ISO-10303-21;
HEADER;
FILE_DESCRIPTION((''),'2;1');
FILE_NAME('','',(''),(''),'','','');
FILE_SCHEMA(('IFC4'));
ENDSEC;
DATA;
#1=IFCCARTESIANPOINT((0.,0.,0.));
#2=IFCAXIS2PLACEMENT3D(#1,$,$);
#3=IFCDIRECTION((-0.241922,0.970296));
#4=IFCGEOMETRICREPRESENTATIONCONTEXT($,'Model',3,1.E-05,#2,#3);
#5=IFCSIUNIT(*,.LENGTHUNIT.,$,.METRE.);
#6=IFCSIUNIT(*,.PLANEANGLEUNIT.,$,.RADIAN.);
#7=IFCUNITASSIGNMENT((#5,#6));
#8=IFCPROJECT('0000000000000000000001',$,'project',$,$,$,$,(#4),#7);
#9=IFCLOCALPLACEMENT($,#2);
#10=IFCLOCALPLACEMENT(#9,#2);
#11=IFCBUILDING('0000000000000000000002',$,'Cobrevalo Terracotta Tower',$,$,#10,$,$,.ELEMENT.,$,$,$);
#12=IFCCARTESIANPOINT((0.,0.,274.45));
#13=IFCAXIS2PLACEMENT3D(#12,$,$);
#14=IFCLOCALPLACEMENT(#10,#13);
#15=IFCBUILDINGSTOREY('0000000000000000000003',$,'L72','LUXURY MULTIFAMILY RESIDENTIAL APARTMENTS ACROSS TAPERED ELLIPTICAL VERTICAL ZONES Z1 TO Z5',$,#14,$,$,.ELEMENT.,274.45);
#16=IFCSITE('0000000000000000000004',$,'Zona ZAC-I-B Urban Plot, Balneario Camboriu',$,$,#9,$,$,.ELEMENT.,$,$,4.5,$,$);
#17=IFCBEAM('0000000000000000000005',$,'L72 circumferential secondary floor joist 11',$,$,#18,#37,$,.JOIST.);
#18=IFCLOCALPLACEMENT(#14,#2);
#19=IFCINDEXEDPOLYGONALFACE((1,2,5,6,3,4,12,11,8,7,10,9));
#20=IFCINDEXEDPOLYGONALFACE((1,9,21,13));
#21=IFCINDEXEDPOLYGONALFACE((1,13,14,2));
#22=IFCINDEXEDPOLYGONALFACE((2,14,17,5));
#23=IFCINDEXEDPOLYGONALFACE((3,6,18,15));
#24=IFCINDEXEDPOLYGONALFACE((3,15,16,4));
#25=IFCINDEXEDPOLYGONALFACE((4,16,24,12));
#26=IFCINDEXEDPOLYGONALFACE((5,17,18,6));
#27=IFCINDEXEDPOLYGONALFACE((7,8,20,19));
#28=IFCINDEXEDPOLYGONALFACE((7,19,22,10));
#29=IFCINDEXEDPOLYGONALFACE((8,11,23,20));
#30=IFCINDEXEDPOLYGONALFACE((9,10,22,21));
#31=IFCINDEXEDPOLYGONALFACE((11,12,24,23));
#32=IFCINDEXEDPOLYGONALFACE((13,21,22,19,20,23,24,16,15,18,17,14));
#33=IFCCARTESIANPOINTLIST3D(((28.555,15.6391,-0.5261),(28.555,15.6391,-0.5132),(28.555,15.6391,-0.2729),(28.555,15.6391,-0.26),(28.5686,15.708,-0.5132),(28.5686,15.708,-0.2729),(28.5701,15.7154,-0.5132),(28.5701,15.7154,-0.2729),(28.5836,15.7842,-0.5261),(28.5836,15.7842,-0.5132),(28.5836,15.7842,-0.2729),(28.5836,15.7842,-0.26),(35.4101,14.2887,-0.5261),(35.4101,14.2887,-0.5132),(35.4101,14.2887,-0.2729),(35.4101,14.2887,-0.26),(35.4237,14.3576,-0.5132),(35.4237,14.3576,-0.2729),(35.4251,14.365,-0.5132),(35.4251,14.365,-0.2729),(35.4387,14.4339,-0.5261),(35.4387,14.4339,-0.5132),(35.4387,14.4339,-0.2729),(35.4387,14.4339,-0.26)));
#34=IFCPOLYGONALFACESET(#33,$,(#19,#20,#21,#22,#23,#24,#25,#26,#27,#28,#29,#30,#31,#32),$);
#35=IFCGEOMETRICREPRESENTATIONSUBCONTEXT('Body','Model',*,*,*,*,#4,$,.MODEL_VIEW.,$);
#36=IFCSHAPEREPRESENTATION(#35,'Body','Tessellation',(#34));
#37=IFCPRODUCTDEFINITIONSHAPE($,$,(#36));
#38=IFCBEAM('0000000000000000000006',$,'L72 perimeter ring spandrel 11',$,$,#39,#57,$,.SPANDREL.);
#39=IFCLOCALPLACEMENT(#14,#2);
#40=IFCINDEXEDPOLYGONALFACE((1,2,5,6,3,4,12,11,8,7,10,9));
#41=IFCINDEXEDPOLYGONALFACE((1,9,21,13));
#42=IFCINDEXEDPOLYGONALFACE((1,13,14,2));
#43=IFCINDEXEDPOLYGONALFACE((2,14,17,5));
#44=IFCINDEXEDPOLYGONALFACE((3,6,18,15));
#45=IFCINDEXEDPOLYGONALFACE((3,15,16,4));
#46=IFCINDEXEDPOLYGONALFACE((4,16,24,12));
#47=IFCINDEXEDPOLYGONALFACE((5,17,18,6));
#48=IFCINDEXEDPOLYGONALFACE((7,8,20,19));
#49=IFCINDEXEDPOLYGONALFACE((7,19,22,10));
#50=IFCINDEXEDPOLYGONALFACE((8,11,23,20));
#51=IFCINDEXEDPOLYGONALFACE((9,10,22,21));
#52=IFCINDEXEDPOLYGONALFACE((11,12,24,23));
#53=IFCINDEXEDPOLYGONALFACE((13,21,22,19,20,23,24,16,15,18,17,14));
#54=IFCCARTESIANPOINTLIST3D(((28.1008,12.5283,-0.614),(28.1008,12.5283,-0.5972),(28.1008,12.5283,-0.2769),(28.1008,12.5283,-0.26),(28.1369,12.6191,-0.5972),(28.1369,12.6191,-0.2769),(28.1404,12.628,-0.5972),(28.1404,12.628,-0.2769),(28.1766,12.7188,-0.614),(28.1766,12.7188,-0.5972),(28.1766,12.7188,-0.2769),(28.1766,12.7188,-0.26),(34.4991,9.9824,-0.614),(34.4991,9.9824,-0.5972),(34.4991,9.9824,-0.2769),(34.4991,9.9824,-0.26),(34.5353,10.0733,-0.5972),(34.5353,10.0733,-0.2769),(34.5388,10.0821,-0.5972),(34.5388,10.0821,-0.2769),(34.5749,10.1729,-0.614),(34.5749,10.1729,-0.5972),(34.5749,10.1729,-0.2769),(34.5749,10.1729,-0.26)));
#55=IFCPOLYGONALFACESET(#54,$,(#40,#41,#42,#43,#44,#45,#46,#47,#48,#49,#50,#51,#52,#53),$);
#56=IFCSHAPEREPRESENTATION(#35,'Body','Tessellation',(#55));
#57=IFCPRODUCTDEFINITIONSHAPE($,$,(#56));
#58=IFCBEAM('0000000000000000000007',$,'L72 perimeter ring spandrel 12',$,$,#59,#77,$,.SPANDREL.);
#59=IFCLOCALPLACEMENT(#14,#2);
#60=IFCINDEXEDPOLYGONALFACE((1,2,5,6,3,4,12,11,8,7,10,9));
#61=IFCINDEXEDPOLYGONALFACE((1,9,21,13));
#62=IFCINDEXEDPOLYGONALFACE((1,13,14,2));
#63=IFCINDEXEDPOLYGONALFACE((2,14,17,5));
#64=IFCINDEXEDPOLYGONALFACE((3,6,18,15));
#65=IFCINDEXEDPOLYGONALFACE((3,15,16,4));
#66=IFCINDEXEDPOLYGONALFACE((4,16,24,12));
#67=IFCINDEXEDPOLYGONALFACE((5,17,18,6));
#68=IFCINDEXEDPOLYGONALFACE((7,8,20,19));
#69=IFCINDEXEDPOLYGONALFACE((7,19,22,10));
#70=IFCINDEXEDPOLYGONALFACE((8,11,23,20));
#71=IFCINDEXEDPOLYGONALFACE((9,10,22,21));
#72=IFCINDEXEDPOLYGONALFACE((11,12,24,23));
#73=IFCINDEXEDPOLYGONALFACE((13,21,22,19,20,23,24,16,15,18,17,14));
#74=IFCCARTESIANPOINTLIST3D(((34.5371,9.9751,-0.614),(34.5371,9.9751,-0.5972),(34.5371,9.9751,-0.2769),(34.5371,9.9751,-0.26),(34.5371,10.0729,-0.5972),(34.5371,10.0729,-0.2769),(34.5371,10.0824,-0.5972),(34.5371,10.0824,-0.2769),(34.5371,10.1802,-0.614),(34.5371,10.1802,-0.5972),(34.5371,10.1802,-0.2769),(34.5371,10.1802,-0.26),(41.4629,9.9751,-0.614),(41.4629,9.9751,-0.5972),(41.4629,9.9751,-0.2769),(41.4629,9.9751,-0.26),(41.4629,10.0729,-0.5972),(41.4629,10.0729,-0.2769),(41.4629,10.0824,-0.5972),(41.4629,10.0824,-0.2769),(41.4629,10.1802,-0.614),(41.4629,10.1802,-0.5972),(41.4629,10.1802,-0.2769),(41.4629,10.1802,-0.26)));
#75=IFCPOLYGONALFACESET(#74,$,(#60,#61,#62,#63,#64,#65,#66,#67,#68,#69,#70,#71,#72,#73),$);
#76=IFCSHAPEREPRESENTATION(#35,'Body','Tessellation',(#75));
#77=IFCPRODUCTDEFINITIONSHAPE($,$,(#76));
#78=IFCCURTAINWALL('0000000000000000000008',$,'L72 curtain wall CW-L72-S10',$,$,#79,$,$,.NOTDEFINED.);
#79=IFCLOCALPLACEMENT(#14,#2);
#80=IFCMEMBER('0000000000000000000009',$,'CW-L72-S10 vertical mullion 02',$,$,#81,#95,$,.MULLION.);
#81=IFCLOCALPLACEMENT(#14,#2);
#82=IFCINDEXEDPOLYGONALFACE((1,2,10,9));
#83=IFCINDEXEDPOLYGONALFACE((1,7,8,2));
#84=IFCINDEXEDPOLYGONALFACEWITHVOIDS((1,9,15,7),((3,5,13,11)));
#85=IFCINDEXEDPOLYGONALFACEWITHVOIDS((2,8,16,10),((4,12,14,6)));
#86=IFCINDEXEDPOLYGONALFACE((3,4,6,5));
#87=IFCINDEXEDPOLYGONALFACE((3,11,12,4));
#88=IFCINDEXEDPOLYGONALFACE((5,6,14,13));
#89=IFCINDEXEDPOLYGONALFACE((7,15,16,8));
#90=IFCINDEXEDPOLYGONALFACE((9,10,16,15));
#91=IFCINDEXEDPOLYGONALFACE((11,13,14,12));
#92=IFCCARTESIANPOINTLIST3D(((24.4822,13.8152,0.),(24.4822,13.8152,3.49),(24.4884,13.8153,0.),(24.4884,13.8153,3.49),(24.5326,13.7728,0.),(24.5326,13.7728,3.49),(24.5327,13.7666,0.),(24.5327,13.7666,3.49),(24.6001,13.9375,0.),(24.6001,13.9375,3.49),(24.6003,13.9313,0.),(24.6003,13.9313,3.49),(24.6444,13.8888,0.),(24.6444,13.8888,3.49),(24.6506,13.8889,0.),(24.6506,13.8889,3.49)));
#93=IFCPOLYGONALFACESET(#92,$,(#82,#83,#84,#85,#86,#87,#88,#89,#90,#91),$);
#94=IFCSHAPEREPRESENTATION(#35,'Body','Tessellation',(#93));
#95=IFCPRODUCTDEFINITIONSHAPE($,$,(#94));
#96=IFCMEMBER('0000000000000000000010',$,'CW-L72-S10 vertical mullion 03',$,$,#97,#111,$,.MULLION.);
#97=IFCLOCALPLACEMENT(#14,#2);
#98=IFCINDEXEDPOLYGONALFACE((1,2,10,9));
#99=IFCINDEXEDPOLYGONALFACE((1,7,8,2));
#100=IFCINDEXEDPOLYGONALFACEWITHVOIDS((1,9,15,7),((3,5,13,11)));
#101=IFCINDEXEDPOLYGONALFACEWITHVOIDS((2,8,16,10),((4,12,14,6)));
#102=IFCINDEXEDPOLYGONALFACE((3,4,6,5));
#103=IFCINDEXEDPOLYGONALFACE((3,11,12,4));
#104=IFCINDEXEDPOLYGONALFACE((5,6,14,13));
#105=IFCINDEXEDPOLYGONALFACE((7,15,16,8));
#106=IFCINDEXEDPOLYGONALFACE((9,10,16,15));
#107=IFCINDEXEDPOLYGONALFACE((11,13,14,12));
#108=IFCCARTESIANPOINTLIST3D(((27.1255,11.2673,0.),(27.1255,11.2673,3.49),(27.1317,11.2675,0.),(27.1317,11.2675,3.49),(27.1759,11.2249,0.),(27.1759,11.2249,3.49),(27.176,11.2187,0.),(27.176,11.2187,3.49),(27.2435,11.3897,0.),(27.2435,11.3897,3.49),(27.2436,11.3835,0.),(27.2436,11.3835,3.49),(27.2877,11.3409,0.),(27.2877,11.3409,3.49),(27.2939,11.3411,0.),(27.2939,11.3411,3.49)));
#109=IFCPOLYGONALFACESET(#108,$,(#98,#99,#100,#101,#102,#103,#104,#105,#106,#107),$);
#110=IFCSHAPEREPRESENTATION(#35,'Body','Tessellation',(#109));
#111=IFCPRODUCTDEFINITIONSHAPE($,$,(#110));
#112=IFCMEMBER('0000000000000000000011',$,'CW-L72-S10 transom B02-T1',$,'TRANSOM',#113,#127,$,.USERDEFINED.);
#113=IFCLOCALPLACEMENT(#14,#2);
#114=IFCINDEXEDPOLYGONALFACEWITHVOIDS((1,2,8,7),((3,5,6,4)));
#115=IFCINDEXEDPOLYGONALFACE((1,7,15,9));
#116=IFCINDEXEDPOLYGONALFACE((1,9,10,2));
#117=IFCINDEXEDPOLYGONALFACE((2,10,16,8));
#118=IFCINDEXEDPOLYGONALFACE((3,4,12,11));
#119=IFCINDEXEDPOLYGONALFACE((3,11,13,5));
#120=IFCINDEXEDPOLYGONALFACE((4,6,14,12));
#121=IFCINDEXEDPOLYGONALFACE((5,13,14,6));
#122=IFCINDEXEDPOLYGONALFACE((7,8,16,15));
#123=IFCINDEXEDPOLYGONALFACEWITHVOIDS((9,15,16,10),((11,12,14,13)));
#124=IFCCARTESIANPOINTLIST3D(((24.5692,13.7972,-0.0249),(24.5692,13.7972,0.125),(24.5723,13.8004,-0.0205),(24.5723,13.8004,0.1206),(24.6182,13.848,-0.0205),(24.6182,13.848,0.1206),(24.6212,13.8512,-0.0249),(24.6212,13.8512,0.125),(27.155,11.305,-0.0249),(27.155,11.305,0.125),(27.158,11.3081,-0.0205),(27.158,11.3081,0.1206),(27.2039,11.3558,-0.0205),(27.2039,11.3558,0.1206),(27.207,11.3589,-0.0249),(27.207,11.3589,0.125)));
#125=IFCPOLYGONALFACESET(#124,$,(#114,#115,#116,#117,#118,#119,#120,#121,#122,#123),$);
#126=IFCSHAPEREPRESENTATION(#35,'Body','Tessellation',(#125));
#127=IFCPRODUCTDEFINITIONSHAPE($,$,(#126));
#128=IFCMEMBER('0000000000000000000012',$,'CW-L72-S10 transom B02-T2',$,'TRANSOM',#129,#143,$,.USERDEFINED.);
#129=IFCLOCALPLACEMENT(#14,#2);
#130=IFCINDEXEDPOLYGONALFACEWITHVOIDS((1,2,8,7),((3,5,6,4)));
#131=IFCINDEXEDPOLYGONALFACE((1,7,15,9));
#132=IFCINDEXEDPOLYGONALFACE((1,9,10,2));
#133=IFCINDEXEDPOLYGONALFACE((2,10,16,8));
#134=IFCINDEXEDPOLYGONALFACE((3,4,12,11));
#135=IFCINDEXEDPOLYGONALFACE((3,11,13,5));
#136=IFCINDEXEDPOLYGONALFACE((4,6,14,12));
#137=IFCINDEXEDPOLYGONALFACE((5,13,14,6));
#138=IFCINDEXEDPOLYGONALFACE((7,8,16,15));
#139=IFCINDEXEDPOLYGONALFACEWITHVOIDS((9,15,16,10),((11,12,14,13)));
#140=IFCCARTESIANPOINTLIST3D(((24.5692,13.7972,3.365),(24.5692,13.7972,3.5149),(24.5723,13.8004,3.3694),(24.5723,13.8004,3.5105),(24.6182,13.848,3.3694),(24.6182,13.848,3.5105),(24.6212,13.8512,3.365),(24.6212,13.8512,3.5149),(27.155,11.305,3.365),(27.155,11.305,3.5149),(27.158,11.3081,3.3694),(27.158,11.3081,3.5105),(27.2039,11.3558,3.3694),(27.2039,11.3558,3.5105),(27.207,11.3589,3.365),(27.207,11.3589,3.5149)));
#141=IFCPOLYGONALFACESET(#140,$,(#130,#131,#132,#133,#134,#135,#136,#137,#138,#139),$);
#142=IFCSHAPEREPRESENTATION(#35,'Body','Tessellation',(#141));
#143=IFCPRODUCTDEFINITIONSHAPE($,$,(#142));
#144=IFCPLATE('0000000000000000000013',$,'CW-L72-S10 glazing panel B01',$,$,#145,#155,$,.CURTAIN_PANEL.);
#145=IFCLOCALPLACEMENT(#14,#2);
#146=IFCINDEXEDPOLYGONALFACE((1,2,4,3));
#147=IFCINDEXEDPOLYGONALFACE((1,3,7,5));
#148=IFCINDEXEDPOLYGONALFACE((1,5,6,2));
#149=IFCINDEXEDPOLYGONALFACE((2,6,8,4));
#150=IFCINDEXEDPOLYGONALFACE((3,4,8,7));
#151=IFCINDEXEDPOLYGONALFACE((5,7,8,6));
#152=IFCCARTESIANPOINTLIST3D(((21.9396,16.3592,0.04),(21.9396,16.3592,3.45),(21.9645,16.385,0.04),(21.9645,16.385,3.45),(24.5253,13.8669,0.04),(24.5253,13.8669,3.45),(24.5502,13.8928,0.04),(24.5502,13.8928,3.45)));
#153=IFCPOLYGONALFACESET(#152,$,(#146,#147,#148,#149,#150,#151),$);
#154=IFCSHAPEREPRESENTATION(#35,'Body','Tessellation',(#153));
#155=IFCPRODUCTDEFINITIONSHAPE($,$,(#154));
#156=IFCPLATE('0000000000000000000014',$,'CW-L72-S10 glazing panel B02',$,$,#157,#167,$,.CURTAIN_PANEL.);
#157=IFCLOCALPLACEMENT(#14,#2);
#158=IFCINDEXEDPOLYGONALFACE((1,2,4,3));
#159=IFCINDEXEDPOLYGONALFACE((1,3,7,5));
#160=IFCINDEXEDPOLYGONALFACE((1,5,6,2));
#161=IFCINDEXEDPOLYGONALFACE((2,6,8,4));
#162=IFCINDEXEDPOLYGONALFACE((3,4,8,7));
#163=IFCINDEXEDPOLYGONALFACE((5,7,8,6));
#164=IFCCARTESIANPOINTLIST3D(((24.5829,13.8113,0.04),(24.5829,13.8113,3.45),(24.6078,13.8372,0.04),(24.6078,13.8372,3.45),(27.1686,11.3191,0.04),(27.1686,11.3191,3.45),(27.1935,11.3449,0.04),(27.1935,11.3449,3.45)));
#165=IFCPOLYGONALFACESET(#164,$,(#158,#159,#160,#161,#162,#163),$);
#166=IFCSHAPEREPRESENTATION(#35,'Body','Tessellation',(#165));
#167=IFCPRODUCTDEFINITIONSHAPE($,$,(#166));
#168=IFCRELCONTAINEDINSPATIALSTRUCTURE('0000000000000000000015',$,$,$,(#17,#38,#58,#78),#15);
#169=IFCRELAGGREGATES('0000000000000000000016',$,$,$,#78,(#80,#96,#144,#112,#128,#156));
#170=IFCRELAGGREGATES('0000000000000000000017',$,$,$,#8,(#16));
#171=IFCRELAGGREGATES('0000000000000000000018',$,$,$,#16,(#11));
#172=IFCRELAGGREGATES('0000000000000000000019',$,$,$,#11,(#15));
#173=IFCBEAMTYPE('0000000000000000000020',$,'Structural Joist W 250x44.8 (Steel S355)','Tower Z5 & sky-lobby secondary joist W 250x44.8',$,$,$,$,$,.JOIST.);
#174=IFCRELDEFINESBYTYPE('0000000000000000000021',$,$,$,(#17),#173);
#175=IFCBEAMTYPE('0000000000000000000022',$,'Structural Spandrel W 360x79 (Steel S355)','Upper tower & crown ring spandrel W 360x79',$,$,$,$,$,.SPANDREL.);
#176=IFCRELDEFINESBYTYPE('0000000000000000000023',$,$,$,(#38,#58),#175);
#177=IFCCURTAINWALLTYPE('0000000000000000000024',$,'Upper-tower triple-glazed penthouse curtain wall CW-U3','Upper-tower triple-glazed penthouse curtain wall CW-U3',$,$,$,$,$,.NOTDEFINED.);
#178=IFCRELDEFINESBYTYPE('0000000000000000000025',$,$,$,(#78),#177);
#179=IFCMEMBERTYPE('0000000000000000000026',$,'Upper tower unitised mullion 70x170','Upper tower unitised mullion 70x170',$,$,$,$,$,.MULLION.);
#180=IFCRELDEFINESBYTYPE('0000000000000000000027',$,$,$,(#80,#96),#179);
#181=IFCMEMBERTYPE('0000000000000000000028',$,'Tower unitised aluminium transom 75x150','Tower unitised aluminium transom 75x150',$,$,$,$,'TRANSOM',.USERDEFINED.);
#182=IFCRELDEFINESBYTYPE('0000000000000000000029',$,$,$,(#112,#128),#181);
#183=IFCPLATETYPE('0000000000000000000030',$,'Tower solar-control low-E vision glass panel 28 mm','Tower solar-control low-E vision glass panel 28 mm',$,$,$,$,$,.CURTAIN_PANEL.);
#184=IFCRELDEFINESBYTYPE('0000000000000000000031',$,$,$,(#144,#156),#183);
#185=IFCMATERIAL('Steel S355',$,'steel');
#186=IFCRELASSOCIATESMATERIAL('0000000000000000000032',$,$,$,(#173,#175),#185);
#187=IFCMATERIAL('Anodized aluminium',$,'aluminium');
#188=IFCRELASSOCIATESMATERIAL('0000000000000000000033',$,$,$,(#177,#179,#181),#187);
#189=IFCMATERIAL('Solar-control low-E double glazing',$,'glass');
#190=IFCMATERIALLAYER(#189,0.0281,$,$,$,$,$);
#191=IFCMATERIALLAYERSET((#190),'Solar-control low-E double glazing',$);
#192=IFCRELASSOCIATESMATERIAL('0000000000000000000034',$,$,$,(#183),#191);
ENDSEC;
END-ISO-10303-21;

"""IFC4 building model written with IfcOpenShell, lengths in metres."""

from ifc_helpers import new_model, si_unit, direction, frame, origin, origin_2d, place, context, subcontext, project, spatial, rectangle, hollow_rectangle, i_section, extrude, source, transform, mapped, material, layer, layer_set, material_profile, profile_set, type_object, element, aggregate, save


model = new_model("IFC4")

# Units and contexts
model_context = context("Model", 3, precision=1e-05, world=origin(), true_north=direction((-0.241922, 0.970296)))
body_context = subcontext(model_context, "Body", "Model", "MODEL_VIEW")
ifc_project = project(units=[si_unit("LENGTHUNIT", "METRE"), si_unit("PLANEANGLEUNIT", "RADIAN")], contexts=[model_context])

# Site, building, storey
site_placement = place(None, origin())
site = spatial("IfcSite", under=ifc_project, at=site_placement, Name="Zona ZAC-I-B Urban Plot, Balneario Camboriu", CompositionType="ELEMENT", RefElevation=4.5)
building_placement = place(site_placement, origin())
building = spatial("IfcBuilding", under=site, at=building_placement, Name="Cobrevalo Terracotta Tower", CompositionType="ELEMENT")
storey_placement = place(building_placement, frame((0.0, 0.0, 274.45)))
storey = spatial("IfcBuildingStorey", under=building, at=storey_placement, Name="L72", Description="LUXURY MULTIFAMILY RESIDENTIAL APARTMENTS ACROSS TAPERED ELLIPTICAL VERTICAL ZONES Z1 TO Z5", CompositionType="ELEMENT", Elevation=274.45)

# Shared definitions
ifc_material_1 = material(Name="Steel S355", Category="steel")

# Beams
ifc_material_profile_1 = material_profile(ifc_material_1, i_section(OverallWidth=0.1479, OverallDepth=0.2661, WebThickness=0.0076, FlangeThickness=0.0129, at=origin_2d()), Name="W 250x44.8")
ifc_profile_set_1 = profile_set([ifc_material_profile_1], Name="Steel S355")
beam_type_1 = type_object("IfcBeamType", Name="Structural Joist W 250x44.8 (Steel S355)", Description="Tower Z5 & sky-lobby secondary joist W 250x44.8", PredefinedType="JOIST", material=ifc_profile_set_1)
beam_1_placement = place(storey_placement, frame((28.5693, 15.7117, -0.3931), z_axis=(0.981145, -0.193273, 0.0), x_axis=(0.193273, 0.981145, 0.0)))
element("IfcBeam", 1, at=beam_1_placement, inside=storey, type_object=beam_type_1, Name="L72 circumferential secondary floor joist 11", PredefinedType="JOIST", context=body_context, shape_type="SweptSolid", body=[
    extrude(i_section(OverallWidth=0.1479, OverallDepth=0.2661, WebThickness=0.0076, FlangeThickness=0.0129, at=origin_2d()), origin(), (0.0, 0.0, 1.0), 6.9868),
])
ifc_material_profile_2 = material_profile(ifc_material_1, i_section(OverallWidth=0.2051, OverallDepth=0.354, WebThickness=0.0095, FlangeThickness=0.0168, at=origin_2d()), Name="W 360x79")
ifc_profile_set_2 = profile_set([ifc_material_profile_2], Name="Steel S355")
beam_type_2 = type_object("IfcBeamType", Name="Structural Spandrel W 360x79 (Steel S355)", Description="Upper tower & crown ring spandrel W 360x79", PredefinedType="SPANDREL", material=ifc_profile_set_2)
beam_2_placement = place(storey_placement, frame((28.1387, 12.6235, -0.437), z_axis=(0.92915, -0.369703, 0.0), x_axis=(0.369703, 0.92915, 0.0)))
element("IfcBeam", 2, at=beam_2_placement, inside=storey, type_object=beam_type_2, Name="L72 perimeter ring spandrel 11", PredefinedType="SPANDREL", context=body_context, shape_type="SweptSolid", body=[
    extrude(i_section(OverallWidth=0.2051, OverallDepth=0.354, WebThickness=0.0095, FlangeThickness=0.0168, at=origin_2d()), origin(), (0.0, 0.0, 1.0), 6.8862),
])
beam_3_placement = place(storey_placement, frame((34.5371, 10.0776, -0.437), z_axis=(1.0, 0.0, 0.0), x_axis=(0.0, 1.0, 0.0)))
element("IfcBeam", 3, at=beam_3_placement, inside=storey, type_object=beam_type_2, Name="L72 perimeter ring spandrel 12", PredefinedType="SPANDREL", context=body_context, shape_type="SweptSolid", body=[
    extrude(i_section(OverallWidth=0.2051, OverallDepth=0.354, WebThickness=0.0095, FlangeThickness=0.0168, at=origin_2d()), origin(), (0.0, 0.0, 1.0), 6.9258),
])

# Curtain wall, members, plates
ifc_material_2 = material(Name="Anodized aluminium", Category="aluminium")
curtain_wall_type = type_object("IfcCurtainWallType", Name="Upper-tower triple-glazed penthouse curtain wall CW-U3", Description="Upper-tower triple-glazed penthouse curtain wall CW-U3", PredefinedType="NOTDEFINED", material=ifc_material_2)
curtain_wall_placement = place(storey_placement, origin())
curtain_wall = element("IfcCurtainWall", 4, at=curtain_wall_placement, inside=storey, type_object=curtain_wall_type, Name="L72 curtain wall CW-L72-S10", PredefinedType="NOTDEFINED")
ifc_material_profile_3 = material_profile(ifc_material_2, hollow_rectangle(XDim=0.0701, YDim=0.1699, WallThickness=0.0044, at=origin_2d()), Name="CWM 70x170")
ifc_profile_set_3 = profile_set([ifc_material_profile_3], Name="Anodized aluminium")
member_type_1 = type_object("IfcMemberType", Name="Upper tower unitised mullion 70x170", Description="Upper tower unitised mullion 70x170", PredefinedType="MULLION", material=ifc_profile_set_3)
shared_shape_1 = source(origin(), body_context, "Body", "SweptSolid", [
    extrude(hollow_rectangle(XDim=0.0701, YDim=0.1699, WallThickness=0.0044, at=origin_2d()), origin(), (0.0, 0.0, 1.0), 3.49),
])
member_1_placement = place(storey_placement, frame((24.5664, 13.8521, 0.0), z_axis=(0.0, 0.0, 1.0), x_axis=(0.719994, -0.69398, 0.0)))
member_1 = element("IfcMember", 5, at=member_1_placement, type_object=member_type_1, Name="CW-L72-S10 vertical mullion 02", PredefinedType="MULLION", context=body_context, shape_type="MappedRepresentation", body=[
    mapped(shared_shape_1, transform((0.0, 0.0, 0.0), scale=1.0)),
])
member_2_placement = place(storey_placement, frame((27.2097, 11.3042, 0.0), z_axis=(0.0, 0.0, 1.0), x_axis=(0.719994, -0.69398, 0.0)))
member_2 = element("IfcMember", 6, at=member_2_placement, type_object=member_type_1, Name="CW-L72-S10 vertical mullion 03", PredefinedType="MULLION", context=body_context, shape_type="MappedRepresentation", body=[
    mapped(shared_shape_1, transform((0.0, 0.0, 0.0), scale=1.0)),
])
ifc_material_profile_4 = material_profile(ifc_material_2, hollow_rectangle(XDim=0.075, YDim=0.1499, WallThickness=0.0044, at=origin_2d()), Name="CWT 75x150")
ifc_profile_set_4 = profile_set([ifc_material_profile_4], Name="Anodized aluminium")
member_type_2 = type_object("IfcMemberType", Name="Tower unitised aluminium transom 75x150", Description="Tower unitised aluminium transom 75x150", ElementType="TRANSOM", PredefinedType="USERDEFINED", material=ifc_profile_set_4)
shared_shape_2 = source(origin(), body_context, "Body", "SweptSolid", [
    extrude(hollow_rectangle(XDim=0.075, YDim=0.1499, WallThickness=0.0044, at=origin_2d()), origin(), (0.0, 0.0, 1.0), 3.5913),
])
member_3_placement = place(storey_placement, frame((24.5952, 13.8242, 0.05), z_axis=(0.720006, -0.693968, 0.0), x_axis=(0.693968, 0.720006, 0.0)))
member_3 = element("IfcMember", 7, at=member_3_placement, type_object=member_type_2, Name="CW-L72-S10 transom B02-T1", ObjectType="TRANSOM", PredefinedType="USERDEFINED", context=body_context, shape_type="MappedRepresentation", body=[
    mapped(shared_shape_2, transform((0.0, 0.0, 0.0), scale=1.0)),
])
member_4_placement = place(storey_placement, frame((24.5952, 13.8242, 3.4399), z_axis=(0.720006, -0.693968, 0.0), x_axis=(0.693968, 0.720006, 0.0)))
member_4 = element("IfcMember", 8, at=member_4_placement, type_object=member_type_2, Name="CW-L72-S10 transom B02-T2", ObjectType="TRANSOM", PredefinedType="USERDEFINED", context=body_context, shape_type="MappedRepresentation", body=[
    mapped(shared_shape_2, transform((0.0, 0.0, 0.0), scale=1.0)),
])
ifc_material_3 = material(Name="Solar-control low-E double glazing", Category="glass")
ifc_layer_1 = layer(ifc_material_3, 0.0281)
ifc_layer_set_1 = layer_set([ifc_layer_1], Name="Solar-control low-E double glazing")
plate_type = type_object("IfcPlateType", Name="Tower solar-control low-E vision glass panel 28 mm", Description="Tower solar-control low-E vision glass panel 28 mm", PredefinedType="CURTAIN_PANEL", material=ifc_layer_set_1)
shared_shape_3 = source(origin(), body_context, "Body", "SweptSolid", [
    extrude(rectangle(XDim=3.5913, YDim=0.0359, at=origin_2d()), origin(), (0.0, 0.0, 1.0), 3.4099),
])
plate_1_placement = place(storey_placement, frame((23.2449, 15.126, 0.04), z_axis=(0.0, 0.0, 1.0), x_axis=(0.719997, -0.693978, 0.0)))
plate_1 = element("IfcPlate", 9, at=plate_1_placement, type_object=plate_type, Name="CW-L72-S10 glazing panel B01", PredefinedType="CURTAIN_PANEL", context=body_context, shape_type="MappedRepresentation", body=[
    mapped(shared_shape_3, transform((0.0, 0.0, 0.0), scale=1.0)),
])
plate_2_placement = place(storey_placement, frame((25.8882, 12.5781, 0.04), z_axis=(0.0, 0.0, 1.0), x_axis=(0.719997, -0.693978, 0.0)))
plate_2 = element("IfcPlate", 10, at=plate_2_placement, type_object=plate_type, Name="CW-L72-S10 glazing panel B02", PredefinedType="CURTAIN_PANEL", context=body_context, shape_type="MappedRepresentation", body=[
    mapped(shared_shape_3, transform((0.0, 0.0, 0.0), scale=1.0)),
])
aggregate(curtain_wall, [member_1, member_2, plate_1, member_3, member_4, plate_2])

save(model, "model.ifc")
